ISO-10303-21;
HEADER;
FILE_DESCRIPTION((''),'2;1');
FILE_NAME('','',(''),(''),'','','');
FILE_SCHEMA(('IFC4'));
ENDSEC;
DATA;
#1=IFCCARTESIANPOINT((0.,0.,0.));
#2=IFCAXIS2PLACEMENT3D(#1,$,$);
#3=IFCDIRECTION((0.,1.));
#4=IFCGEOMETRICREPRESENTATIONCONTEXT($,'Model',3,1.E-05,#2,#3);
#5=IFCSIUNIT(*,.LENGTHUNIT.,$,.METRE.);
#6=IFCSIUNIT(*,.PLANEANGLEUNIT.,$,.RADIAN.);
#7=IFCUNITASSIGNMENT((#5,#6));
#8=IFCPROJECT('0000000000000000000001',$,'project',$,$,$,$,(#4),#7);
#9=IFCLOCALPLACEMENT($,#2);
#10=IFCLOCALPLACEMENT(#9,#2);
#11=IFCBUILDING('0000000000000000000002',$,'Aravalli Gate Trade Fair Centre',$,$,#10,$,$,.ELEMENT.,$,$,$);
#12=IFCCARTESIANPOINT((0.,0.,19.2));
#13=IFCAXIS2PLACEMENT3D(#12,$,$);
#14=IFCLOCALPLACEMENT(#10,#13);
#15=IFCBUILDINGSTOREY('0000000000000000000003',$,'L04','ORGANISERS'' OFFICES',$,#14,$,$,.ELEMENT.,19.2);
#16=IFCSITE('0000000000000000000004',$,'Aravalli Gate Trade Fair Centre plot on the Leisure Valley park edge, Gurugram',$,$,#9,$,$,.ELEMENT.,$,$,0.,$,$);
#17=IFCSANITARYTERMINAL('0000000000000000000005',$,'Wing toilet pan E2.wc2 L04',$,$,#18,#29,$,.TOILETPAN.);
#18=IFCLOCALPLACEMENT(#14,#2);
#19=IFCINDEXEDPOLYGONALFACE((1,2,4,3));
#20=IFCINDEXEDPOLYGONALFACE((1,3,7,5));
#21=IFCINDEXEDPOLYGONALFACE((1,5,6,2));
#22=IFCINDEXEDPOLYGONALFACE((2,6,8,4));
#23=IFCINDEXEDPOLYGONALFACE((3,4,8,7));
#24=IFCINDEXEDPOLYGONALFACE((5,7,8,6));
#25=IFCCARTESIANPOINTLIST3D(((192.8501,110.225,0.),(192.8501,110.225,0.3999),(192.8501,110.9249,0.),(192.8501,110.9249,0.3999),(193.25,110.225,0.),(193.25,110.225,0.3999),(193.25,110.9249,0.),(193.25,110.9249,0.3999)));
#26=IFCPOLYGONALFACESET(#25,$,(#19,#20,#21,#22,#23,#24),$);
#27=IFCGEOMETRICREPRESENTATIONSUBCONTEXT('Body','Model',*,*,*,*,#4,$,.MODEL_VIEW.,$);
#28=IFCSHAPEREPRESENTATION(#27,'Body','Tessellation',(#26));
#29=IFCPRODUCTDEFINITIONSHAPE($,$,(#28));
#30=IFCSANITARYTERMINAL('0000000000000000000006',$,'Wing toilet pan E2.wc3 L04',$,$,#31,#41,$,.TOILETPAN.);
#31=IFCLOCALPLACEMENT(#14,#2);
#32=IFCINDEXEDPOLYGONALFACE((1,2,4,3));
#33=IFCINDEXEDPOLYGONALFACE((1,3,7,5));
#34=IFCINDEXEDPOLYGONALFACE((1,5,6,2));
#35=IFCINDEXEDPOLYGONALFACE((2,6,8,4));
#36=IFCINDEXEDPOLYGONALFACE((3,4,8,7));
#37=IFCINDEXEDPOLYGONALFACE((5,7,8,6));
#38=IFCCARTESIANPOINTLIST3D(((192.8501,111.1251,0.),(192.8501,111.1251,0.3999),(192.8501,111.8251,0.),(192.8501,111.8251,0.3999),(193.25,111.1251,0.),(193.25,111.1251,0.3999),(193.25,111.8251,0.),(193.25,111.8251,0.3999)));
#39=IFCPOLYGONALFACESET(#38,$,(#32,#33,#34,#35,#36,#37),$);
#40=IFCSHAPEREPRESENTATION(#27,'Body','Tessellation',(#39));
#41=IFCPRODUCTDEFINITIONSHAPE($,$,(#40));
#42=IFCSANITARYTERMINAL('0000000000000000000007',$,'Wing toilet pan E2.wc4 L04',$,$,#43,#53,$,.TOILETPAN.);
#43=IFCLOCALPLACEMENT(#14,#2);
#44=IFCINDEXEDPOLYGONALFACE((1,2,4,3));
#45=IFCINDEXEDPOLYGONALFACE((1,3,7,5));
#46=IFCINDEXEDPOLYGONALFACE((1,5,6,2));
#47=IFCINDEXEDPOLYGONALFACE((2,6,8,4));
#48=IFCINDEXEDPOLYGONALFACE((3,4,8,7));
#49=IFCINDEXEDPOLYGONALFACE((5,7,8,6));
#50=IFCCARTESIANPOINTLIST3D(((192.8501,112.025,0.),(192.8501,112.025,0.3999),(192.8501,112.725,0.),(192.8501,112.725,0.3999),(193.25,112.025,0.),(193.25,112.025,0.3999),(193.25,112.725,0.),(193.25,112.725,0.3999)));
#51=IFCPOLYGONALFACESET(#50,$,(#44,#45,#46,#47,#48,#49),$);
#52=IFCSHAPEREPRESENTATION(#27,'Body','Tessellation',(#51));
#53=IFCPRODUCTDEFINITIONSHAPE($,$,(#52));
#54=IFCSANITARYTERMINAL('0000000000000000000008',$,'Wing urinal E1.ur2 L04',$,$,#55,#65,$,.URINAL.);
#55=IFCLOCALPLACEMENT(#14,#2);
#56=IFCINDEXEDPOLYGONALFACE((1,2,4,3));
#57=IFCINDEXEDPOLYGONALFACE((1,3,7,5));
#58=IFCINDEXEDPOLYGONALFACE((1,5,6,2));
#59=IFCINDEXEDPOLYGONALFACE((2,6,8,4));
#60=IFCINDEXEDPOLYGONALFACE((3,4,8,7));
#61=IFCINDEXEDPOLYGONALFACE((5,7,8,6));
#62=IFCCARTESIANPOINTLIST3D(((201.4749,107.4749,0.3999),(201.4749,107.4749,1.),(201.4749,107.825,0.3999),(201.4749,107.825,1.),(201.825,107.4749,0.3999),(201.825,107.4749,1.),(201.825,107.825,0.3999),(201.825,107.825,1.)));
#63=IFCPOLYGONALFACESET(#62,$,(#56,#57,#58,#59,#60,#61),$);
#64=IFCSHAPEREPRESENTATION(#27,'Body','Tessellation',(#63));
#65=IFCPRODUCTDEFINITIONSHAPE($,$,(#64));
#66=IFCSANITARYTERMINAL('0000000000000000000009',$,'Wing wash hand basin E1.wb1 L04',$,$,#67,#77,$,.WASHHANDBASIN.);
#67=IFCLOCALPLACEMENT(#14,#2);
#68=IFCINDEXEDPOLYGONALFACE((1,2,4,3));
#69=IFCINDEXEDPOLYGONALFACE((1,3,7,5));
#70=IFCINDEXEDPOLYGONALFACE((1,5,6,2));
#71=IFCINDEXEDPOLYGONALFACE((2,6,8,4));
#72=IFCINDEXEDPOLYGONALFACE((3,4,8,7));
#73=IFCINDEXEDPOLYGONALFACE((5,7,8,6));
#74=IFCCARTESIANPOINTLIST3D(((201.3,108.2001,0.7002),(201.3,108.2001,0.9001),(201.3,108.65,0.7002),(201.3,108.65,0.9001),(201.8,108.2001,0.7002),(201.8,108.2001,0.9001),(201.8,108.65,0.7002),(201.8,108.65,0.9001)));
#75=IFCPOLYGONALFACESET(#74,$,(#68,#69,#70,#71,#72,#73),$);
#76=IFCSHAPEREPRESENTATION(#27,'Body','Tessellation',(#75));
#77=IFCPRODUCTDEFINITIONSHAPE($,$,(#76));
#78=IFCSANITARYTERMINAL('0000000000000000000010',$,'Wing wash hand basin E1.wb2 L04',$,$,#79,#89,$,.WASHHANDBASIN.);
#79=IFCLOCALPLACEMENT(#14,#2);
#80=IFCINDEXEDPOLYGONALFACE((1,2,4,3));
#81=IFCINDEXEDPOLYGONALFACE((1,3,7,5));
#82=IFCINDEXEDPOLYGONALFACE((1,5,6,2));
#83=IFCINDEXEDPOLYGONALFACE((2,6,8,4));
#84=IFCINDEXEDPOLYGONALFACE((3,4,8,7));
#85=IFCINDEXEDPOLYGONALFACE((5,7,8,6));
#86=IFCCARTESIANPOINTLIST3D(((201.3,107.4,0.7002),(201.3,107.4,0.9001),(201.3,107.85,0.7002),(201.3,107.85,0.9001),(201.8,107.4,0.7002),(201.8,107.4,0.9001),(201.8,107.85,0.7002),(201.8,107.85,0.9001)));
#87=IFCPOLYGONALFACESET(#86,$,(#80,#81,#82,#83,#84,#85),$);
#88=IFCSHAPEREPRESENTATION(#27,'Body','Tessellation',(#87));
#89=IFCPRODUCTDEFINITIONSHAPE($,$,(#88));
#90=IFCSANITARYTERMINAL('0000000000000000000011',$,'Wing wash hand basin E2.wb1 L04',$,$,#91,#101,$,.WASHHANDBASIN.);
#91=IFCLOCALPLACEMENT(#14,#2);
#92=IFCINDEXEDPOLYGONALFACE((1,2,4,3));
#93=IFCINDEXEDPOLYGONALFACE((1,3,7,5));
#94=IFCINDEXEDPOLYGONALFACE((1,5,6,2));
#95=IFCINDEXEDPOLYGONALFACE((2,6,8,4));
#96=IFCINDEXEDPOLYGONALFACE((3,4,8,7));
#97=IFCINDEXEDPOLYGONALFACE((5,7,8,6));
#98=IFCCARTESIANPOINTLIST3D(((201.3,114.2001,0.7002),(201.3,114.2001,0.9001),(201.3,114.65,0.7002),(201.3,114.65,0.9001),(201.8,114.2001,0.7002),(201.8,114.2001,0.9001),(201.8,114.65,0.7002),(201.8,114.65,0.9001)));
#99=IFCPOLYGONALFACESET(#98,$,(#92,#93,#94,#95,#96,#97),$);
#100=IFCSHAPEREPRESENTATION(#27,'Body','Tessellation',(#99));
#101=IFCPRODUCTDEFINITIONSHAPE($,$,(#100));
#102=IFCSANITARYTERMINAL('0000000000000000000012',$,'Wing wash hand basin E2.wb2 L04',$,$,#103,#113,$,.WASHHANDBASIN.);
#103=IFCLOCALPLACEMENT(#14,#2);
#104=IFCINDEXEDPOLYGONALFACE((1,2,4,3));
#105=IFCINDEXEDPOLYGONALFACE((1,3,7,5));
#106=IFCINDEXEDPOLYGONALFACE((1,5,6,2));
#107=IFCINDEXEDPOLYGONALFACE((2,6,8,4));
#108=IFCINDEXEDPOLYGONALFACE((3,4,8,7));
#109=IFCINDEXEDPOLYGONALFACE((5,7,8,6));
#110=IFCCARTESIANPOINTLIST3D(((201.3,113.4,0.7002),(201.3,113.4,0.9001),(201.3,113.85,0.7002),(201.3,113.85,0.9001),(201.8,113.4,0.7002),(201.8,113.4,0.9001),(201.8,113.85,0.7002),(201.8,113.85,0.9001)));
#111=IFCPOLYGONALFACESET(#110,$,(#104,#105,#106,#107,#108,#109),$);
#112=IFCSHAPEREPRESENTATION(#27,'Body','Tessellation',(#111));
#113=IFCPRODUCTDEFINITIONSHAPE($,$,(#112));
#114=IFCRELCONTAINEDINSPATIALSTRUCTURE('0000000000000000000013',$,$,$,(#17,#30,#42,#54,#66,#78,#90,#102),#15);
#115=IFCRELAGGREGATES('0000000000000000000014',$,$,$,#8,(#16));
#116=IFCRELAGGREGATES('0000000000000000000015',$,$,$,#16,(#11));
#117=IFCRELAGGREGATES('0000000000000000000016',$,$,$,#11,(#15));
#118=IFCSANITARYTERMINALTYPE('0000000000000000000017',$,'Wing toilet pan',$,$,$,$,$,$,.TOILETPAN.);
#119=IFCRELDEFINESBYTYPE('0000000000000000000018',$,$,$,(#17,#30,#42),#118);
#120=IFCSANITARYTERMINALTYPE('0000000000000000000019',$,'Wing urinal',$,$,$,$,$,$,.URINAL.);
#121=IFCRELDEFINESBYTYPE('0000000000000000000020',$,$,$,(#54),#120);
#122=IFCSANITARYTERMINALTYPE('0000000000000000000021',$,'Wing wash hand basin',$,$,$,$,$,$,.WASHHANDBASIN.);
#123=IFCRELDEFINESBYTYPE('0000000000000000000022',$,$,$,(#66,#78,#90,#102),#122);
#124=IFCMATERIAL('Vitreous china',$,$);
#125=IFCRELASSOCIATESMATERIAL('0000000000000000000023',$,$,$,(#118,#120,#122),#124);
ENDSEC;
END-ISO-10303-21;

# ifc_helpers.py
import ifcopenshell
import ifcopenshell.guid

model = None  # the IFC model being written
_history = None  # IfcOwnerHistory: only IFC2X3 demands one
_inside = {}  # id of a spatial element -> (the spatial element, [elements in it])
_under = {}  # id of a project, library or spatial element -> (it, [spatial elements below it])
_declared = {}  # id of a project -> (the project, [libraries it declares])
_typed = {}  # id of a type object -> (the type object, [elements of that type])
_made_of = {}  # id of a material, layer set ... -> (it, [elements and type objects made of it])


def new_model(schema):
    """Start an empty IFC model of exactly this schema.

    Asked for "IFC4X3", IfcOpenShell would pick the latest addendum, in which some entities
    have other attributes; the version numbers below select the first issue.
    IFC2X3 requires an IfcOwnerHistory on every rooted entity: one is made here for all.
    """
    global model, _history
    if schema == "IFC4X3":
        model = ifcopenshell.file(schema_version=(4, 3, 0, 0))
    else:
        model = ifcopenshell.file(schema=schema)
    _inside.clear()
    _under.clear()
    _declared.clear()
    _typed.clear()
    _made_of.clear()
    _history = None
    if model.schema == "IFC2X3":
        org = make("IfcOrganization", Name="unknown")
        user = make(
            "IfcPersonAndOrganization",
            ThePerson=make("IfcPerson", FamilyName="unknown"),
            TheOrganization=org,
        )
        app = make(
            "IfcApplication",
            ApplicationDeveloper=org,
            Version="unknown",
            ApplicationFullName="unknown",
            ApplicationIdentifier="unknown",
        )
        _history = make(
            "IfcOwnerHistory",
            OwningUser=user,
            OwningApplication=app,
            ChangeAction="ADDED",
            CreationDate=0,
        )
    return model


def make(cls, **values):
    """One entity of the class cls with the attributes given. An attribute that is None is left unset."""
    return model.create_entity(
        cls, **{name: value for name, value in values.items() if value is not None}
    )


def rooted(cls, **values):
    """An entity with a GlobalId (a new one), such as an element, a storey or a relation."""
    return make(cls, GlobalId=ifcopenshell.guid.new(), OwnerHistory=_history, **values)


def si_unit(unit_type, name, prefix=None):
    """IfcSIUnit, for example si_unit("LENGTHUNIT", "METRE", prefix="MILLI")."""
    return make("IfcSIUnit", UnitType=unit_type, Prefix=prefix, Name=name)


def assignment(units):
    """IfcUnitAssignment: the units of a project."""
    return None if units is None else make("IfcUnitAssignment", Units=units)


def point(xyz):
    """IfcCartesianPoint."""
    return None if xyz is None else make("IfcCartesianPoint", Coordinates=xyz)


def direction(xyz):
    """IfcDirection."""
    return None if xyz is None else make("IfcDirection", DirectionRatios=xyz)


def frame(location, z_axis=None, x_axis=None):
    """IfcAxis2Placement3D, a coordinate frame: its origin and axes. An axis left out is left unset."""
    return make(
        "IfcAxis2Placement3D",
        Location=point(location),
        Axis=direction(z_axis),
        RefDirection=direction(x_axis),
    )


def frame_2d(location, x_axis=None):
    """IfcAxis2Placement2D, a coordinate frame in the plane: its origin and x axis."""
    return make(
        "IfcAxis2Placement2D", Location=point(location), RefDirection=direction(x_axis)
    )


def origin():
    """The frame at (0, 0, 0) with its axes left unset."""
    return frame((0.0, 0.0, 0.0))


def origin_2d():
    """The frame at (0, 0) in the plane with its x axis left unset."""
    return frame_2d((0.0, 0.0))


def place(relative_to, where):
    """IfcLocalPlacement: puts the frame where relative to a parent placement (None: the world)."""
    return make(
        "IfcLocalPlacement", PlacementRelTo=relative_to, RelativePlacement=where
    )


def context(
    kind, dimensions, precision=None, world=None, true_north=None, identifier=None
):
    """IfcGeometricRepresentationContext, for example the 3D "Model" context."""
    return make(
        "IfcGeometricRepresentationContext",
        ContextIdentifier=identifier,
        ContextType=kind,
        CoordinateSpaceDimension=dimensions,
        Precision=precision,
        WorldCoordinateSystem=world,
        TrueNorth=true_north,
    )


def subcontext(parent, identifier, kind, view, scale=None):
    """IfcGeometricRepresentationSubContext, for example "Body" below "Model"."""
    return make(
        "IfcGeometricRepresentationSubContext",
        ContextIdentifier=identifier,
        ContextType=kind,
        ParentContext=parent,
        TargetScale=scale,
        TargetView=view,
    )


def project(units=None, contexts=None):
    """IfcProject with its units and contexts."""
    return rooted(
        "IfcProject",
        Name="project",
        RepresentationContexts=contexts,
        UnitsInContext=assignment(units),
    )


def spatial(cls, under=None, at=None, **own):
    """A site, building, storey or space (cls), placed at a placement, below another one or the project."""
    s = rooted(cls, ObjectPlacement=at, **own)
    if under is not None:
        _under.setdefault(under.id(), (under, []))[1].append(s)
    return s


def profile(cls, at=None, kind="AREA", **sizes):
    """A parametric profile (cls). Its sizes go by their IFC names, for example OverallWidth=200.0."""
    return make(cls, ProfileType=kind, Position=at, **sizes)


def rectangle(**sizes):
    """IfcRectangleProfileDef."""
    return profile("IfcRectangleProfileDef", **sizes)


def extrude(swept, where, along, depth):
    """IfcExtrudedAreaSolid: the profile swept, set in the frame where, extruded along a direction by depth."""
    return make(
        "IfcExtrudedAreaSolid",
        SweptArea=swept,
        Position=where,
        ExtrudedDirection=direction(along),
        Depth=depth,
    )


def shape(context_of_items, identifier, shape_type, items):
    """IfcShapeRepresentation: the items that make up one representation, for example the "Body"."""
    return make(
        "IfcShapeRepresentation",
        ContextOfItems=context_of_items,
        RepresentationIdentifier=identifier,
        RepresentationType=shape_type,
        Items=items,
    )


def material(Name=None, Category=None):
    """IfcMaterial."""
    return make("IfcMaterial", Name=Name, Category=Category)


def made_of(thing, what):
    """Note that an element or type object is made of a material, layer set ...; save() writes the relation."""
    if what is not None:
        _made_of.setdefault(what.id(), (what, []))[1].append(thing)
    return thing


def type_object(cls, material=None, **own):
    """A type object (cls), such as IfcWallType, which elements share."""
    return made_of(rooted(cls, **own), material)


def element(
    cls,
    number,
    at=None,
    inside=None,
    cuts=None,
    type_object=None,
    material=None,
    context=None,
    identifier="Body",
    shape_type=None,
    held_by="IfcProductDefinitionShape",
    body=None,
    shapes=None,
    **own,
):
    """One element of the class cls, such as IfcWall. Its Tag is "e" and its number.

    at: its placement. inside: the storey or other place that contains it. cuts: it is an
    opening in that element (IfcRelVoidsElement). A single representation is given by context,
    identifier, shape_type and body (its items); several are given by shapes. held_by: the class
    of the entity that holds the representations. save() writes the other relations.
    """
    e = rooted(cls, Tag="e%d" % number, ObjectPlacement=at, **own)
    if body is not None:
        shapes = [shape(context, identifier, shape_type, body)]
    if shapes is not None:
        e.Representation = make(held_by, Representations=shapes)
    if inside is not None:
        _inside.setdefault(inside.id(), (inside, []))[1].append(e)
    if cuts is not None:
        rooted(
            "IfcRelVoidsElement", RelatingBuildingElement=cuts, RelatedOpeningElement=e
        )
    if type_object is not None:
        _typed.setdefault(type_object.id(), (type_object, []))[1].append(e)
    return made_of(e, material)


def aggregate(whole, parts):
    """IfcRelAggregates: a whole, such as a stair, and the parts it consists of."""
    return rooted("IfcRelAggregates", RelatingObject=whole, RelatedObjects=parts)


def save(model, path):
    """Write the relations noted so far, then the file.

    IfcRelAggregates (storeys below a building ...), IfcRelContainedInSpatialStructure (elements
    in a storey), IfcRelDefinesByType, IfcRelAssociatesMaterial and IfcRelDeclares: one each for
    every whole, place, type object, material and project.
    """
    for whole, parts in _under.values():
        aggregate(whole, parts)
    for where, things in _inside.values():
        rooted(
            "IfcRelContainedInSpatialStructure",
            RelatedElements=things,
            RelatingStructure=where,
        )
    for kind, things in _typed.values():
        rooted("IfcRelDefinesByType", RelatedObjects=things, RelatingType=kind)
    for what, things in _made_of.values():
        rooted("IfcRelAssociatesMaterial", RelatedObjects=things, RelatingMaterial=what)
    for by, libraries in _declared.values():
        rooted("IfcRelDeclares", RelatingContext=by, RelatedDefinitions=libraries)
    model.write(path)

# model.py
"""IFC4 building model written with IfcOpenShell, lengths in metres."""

from ifc_helpers import new_model, si_unit, direction, frame, origin, origin_2d, place, context, subcontext, project, spatial, rectangle, extrude, material, type_object, element, save


model = new_model("IFC4")

# Units and contexts
model_context = context("Model", 3, precision=1e-05, world=origin(), true_north=direction((0.0, 1.0)))
body_context = subcontext(model_context, "Body", "Model", "MODEL_VIEW")
ifc_project = project(units=[si_unit("LENGTHUNIT", "METRE"), si_unit("PLANEANGLEUNIT", "RADIAN")], contexts=[model_context])

# Site, building, storey
site_placement = place(None, origin())
site = spatial("IfcSite", under=ifc_project, at=site_placement, Name="Aravalli Gate Trade Fair Centre plot on the Leisure Valley park edge, Gurugram", CompositionType="ELEMENT", RefElevation=0.0)
building_placement = place(site_placement, origin())
building = spatial("IfcBuilding", under=site, at=building_placement, Name="Aravalli Gate Trade Fair Centre", CompositionType="ELEMENT")
storey_placement = place(building_placement, frame((0.0, 0.0, 19.2)))
storey = spatial("IfcBuildingStorey", under=building, at=storey_placement, Name="L04", Description="ORGANISERS' OFFICES", CompositionType="ELEMENT", Elevation=19.2)

# Sanitary terminals
ifc_material_1 = material(Name="Vitreous china")
sanitary_terminal_type_1 = type_object("IfcSanitaryTerminalType", Name="Wing toilet pan", PredefinedType="TOILETPAN", material=ifc_material_1)
for number, where, z_axis, x_axis, name in (
    (1, (193.05, 110.575, 0.0), (0.0, 0.0, 1.0), (1.0, 0.0, 0.0), "Wing toilet pan E2.wc2 L04"),
    (2, (193.05, 111.4751, 0.0), (0.0, 0.0, 1.0), (1.0, 0.0, 0.0), "Wing toilet pan E2.wc3 L04"),
    (3, (193.05, 112.375, 0.0), (0.0, 0.0, 1.0), (1.0, 0.0, 0.0), "Wing toilet pan E2.wc4 L04"),
):
    element("IfcSanitaryTerminal", number, at=place(storey_placement, frame(where, z_axis=z_axis, x_axis=x_axis)), inside=storey, type_object=sanitary_terminal_type_1, Name=name, PredefinedType="TOILETPAN", context=body_context, shape_type="SweptSolid", body=[
        extrude(rectangle(XDim=0.3999, YDim=0.7, at=origin_2d()), origin(), (0.0, 0.0, 1.0), 0.3999),
    ])
sanitary_terminal_type_2 = type_object("IfcSanitaryTerminalType", Name="Wing urinal", PredefinedType="URINAL", material=ifc_material_1)
sanitary_terminal_placement = place(storey_placement, frame((201.6499, 107.6499, 0.3999), z_axis=(0.0, 0.0, 1.0), x_axis=(1.0, 0.0, 0.0)))
element("IfcSanitaryTerminal", 4, at=sanitary_terminal_placement, inside=storey, type_object=sanitary_terminal_type_2, Name="Wing urinal E1.ur2 L04", PredefinedType="URINAL", context=body_context, shape_type="SweptSolid", body=[
    extrude(rectangle(XDim=0.3501, YDim=0.3501, at=origin_2d()), origin(), (0.0, 0.0, 1.0), 0.6001),
])
sanitary_terminal_type_3 = type_object("IfcSanitaryTerminalType", Name="Wing wash hand basin", PredefinedType="WASHHANDBASIN", material=ifc_material_1)
for number, where, z_axis, x_axis, name in (
    (5, (201.55, 108.425, 0.7002), (0.0, 0.0, 1.0), (1.0, 0.0, 0.0), "Wing wash hand basin E1.wb1 L04"),
    (6, (201.55, 107.625, 0.7002), (0.0, 0.0, 1.0), (1.0, 0.0, 0.0), "Wing wash hand basin E1.wb2 L04"),
    (7, (201.55, 114.425, 0.7002), (0.0, 0.0, 1.0), (1.0, 0.0, 0.0), "Wing wash hand basin E2.wb1 L04"),
    (8, (201.55, 113.625, 0.7002), (0.0, 0.0, 1.0), (1.0, 0.0, 0.0), "Wing wash hand basin E2.wb2 L04"),
):
    element("IfcSanitaryTerminal", number, at=place(storey_placement, frame(where, z_axis=z_axis, x_axis=x_axis)), inside=storey, type_object=sanitary_terminal_type_3, Name=name, PredefinedType="WASHHANDBASIN", context=body_context, shape_type="SweptSolid", body=[
        extrude(rectangle(XDim=0.5, YDim=0.45, at=origin_2d()), origin(), (0.0, 0.0, 1.0), 0.2),
    ])

save(model, "model.ifc")
